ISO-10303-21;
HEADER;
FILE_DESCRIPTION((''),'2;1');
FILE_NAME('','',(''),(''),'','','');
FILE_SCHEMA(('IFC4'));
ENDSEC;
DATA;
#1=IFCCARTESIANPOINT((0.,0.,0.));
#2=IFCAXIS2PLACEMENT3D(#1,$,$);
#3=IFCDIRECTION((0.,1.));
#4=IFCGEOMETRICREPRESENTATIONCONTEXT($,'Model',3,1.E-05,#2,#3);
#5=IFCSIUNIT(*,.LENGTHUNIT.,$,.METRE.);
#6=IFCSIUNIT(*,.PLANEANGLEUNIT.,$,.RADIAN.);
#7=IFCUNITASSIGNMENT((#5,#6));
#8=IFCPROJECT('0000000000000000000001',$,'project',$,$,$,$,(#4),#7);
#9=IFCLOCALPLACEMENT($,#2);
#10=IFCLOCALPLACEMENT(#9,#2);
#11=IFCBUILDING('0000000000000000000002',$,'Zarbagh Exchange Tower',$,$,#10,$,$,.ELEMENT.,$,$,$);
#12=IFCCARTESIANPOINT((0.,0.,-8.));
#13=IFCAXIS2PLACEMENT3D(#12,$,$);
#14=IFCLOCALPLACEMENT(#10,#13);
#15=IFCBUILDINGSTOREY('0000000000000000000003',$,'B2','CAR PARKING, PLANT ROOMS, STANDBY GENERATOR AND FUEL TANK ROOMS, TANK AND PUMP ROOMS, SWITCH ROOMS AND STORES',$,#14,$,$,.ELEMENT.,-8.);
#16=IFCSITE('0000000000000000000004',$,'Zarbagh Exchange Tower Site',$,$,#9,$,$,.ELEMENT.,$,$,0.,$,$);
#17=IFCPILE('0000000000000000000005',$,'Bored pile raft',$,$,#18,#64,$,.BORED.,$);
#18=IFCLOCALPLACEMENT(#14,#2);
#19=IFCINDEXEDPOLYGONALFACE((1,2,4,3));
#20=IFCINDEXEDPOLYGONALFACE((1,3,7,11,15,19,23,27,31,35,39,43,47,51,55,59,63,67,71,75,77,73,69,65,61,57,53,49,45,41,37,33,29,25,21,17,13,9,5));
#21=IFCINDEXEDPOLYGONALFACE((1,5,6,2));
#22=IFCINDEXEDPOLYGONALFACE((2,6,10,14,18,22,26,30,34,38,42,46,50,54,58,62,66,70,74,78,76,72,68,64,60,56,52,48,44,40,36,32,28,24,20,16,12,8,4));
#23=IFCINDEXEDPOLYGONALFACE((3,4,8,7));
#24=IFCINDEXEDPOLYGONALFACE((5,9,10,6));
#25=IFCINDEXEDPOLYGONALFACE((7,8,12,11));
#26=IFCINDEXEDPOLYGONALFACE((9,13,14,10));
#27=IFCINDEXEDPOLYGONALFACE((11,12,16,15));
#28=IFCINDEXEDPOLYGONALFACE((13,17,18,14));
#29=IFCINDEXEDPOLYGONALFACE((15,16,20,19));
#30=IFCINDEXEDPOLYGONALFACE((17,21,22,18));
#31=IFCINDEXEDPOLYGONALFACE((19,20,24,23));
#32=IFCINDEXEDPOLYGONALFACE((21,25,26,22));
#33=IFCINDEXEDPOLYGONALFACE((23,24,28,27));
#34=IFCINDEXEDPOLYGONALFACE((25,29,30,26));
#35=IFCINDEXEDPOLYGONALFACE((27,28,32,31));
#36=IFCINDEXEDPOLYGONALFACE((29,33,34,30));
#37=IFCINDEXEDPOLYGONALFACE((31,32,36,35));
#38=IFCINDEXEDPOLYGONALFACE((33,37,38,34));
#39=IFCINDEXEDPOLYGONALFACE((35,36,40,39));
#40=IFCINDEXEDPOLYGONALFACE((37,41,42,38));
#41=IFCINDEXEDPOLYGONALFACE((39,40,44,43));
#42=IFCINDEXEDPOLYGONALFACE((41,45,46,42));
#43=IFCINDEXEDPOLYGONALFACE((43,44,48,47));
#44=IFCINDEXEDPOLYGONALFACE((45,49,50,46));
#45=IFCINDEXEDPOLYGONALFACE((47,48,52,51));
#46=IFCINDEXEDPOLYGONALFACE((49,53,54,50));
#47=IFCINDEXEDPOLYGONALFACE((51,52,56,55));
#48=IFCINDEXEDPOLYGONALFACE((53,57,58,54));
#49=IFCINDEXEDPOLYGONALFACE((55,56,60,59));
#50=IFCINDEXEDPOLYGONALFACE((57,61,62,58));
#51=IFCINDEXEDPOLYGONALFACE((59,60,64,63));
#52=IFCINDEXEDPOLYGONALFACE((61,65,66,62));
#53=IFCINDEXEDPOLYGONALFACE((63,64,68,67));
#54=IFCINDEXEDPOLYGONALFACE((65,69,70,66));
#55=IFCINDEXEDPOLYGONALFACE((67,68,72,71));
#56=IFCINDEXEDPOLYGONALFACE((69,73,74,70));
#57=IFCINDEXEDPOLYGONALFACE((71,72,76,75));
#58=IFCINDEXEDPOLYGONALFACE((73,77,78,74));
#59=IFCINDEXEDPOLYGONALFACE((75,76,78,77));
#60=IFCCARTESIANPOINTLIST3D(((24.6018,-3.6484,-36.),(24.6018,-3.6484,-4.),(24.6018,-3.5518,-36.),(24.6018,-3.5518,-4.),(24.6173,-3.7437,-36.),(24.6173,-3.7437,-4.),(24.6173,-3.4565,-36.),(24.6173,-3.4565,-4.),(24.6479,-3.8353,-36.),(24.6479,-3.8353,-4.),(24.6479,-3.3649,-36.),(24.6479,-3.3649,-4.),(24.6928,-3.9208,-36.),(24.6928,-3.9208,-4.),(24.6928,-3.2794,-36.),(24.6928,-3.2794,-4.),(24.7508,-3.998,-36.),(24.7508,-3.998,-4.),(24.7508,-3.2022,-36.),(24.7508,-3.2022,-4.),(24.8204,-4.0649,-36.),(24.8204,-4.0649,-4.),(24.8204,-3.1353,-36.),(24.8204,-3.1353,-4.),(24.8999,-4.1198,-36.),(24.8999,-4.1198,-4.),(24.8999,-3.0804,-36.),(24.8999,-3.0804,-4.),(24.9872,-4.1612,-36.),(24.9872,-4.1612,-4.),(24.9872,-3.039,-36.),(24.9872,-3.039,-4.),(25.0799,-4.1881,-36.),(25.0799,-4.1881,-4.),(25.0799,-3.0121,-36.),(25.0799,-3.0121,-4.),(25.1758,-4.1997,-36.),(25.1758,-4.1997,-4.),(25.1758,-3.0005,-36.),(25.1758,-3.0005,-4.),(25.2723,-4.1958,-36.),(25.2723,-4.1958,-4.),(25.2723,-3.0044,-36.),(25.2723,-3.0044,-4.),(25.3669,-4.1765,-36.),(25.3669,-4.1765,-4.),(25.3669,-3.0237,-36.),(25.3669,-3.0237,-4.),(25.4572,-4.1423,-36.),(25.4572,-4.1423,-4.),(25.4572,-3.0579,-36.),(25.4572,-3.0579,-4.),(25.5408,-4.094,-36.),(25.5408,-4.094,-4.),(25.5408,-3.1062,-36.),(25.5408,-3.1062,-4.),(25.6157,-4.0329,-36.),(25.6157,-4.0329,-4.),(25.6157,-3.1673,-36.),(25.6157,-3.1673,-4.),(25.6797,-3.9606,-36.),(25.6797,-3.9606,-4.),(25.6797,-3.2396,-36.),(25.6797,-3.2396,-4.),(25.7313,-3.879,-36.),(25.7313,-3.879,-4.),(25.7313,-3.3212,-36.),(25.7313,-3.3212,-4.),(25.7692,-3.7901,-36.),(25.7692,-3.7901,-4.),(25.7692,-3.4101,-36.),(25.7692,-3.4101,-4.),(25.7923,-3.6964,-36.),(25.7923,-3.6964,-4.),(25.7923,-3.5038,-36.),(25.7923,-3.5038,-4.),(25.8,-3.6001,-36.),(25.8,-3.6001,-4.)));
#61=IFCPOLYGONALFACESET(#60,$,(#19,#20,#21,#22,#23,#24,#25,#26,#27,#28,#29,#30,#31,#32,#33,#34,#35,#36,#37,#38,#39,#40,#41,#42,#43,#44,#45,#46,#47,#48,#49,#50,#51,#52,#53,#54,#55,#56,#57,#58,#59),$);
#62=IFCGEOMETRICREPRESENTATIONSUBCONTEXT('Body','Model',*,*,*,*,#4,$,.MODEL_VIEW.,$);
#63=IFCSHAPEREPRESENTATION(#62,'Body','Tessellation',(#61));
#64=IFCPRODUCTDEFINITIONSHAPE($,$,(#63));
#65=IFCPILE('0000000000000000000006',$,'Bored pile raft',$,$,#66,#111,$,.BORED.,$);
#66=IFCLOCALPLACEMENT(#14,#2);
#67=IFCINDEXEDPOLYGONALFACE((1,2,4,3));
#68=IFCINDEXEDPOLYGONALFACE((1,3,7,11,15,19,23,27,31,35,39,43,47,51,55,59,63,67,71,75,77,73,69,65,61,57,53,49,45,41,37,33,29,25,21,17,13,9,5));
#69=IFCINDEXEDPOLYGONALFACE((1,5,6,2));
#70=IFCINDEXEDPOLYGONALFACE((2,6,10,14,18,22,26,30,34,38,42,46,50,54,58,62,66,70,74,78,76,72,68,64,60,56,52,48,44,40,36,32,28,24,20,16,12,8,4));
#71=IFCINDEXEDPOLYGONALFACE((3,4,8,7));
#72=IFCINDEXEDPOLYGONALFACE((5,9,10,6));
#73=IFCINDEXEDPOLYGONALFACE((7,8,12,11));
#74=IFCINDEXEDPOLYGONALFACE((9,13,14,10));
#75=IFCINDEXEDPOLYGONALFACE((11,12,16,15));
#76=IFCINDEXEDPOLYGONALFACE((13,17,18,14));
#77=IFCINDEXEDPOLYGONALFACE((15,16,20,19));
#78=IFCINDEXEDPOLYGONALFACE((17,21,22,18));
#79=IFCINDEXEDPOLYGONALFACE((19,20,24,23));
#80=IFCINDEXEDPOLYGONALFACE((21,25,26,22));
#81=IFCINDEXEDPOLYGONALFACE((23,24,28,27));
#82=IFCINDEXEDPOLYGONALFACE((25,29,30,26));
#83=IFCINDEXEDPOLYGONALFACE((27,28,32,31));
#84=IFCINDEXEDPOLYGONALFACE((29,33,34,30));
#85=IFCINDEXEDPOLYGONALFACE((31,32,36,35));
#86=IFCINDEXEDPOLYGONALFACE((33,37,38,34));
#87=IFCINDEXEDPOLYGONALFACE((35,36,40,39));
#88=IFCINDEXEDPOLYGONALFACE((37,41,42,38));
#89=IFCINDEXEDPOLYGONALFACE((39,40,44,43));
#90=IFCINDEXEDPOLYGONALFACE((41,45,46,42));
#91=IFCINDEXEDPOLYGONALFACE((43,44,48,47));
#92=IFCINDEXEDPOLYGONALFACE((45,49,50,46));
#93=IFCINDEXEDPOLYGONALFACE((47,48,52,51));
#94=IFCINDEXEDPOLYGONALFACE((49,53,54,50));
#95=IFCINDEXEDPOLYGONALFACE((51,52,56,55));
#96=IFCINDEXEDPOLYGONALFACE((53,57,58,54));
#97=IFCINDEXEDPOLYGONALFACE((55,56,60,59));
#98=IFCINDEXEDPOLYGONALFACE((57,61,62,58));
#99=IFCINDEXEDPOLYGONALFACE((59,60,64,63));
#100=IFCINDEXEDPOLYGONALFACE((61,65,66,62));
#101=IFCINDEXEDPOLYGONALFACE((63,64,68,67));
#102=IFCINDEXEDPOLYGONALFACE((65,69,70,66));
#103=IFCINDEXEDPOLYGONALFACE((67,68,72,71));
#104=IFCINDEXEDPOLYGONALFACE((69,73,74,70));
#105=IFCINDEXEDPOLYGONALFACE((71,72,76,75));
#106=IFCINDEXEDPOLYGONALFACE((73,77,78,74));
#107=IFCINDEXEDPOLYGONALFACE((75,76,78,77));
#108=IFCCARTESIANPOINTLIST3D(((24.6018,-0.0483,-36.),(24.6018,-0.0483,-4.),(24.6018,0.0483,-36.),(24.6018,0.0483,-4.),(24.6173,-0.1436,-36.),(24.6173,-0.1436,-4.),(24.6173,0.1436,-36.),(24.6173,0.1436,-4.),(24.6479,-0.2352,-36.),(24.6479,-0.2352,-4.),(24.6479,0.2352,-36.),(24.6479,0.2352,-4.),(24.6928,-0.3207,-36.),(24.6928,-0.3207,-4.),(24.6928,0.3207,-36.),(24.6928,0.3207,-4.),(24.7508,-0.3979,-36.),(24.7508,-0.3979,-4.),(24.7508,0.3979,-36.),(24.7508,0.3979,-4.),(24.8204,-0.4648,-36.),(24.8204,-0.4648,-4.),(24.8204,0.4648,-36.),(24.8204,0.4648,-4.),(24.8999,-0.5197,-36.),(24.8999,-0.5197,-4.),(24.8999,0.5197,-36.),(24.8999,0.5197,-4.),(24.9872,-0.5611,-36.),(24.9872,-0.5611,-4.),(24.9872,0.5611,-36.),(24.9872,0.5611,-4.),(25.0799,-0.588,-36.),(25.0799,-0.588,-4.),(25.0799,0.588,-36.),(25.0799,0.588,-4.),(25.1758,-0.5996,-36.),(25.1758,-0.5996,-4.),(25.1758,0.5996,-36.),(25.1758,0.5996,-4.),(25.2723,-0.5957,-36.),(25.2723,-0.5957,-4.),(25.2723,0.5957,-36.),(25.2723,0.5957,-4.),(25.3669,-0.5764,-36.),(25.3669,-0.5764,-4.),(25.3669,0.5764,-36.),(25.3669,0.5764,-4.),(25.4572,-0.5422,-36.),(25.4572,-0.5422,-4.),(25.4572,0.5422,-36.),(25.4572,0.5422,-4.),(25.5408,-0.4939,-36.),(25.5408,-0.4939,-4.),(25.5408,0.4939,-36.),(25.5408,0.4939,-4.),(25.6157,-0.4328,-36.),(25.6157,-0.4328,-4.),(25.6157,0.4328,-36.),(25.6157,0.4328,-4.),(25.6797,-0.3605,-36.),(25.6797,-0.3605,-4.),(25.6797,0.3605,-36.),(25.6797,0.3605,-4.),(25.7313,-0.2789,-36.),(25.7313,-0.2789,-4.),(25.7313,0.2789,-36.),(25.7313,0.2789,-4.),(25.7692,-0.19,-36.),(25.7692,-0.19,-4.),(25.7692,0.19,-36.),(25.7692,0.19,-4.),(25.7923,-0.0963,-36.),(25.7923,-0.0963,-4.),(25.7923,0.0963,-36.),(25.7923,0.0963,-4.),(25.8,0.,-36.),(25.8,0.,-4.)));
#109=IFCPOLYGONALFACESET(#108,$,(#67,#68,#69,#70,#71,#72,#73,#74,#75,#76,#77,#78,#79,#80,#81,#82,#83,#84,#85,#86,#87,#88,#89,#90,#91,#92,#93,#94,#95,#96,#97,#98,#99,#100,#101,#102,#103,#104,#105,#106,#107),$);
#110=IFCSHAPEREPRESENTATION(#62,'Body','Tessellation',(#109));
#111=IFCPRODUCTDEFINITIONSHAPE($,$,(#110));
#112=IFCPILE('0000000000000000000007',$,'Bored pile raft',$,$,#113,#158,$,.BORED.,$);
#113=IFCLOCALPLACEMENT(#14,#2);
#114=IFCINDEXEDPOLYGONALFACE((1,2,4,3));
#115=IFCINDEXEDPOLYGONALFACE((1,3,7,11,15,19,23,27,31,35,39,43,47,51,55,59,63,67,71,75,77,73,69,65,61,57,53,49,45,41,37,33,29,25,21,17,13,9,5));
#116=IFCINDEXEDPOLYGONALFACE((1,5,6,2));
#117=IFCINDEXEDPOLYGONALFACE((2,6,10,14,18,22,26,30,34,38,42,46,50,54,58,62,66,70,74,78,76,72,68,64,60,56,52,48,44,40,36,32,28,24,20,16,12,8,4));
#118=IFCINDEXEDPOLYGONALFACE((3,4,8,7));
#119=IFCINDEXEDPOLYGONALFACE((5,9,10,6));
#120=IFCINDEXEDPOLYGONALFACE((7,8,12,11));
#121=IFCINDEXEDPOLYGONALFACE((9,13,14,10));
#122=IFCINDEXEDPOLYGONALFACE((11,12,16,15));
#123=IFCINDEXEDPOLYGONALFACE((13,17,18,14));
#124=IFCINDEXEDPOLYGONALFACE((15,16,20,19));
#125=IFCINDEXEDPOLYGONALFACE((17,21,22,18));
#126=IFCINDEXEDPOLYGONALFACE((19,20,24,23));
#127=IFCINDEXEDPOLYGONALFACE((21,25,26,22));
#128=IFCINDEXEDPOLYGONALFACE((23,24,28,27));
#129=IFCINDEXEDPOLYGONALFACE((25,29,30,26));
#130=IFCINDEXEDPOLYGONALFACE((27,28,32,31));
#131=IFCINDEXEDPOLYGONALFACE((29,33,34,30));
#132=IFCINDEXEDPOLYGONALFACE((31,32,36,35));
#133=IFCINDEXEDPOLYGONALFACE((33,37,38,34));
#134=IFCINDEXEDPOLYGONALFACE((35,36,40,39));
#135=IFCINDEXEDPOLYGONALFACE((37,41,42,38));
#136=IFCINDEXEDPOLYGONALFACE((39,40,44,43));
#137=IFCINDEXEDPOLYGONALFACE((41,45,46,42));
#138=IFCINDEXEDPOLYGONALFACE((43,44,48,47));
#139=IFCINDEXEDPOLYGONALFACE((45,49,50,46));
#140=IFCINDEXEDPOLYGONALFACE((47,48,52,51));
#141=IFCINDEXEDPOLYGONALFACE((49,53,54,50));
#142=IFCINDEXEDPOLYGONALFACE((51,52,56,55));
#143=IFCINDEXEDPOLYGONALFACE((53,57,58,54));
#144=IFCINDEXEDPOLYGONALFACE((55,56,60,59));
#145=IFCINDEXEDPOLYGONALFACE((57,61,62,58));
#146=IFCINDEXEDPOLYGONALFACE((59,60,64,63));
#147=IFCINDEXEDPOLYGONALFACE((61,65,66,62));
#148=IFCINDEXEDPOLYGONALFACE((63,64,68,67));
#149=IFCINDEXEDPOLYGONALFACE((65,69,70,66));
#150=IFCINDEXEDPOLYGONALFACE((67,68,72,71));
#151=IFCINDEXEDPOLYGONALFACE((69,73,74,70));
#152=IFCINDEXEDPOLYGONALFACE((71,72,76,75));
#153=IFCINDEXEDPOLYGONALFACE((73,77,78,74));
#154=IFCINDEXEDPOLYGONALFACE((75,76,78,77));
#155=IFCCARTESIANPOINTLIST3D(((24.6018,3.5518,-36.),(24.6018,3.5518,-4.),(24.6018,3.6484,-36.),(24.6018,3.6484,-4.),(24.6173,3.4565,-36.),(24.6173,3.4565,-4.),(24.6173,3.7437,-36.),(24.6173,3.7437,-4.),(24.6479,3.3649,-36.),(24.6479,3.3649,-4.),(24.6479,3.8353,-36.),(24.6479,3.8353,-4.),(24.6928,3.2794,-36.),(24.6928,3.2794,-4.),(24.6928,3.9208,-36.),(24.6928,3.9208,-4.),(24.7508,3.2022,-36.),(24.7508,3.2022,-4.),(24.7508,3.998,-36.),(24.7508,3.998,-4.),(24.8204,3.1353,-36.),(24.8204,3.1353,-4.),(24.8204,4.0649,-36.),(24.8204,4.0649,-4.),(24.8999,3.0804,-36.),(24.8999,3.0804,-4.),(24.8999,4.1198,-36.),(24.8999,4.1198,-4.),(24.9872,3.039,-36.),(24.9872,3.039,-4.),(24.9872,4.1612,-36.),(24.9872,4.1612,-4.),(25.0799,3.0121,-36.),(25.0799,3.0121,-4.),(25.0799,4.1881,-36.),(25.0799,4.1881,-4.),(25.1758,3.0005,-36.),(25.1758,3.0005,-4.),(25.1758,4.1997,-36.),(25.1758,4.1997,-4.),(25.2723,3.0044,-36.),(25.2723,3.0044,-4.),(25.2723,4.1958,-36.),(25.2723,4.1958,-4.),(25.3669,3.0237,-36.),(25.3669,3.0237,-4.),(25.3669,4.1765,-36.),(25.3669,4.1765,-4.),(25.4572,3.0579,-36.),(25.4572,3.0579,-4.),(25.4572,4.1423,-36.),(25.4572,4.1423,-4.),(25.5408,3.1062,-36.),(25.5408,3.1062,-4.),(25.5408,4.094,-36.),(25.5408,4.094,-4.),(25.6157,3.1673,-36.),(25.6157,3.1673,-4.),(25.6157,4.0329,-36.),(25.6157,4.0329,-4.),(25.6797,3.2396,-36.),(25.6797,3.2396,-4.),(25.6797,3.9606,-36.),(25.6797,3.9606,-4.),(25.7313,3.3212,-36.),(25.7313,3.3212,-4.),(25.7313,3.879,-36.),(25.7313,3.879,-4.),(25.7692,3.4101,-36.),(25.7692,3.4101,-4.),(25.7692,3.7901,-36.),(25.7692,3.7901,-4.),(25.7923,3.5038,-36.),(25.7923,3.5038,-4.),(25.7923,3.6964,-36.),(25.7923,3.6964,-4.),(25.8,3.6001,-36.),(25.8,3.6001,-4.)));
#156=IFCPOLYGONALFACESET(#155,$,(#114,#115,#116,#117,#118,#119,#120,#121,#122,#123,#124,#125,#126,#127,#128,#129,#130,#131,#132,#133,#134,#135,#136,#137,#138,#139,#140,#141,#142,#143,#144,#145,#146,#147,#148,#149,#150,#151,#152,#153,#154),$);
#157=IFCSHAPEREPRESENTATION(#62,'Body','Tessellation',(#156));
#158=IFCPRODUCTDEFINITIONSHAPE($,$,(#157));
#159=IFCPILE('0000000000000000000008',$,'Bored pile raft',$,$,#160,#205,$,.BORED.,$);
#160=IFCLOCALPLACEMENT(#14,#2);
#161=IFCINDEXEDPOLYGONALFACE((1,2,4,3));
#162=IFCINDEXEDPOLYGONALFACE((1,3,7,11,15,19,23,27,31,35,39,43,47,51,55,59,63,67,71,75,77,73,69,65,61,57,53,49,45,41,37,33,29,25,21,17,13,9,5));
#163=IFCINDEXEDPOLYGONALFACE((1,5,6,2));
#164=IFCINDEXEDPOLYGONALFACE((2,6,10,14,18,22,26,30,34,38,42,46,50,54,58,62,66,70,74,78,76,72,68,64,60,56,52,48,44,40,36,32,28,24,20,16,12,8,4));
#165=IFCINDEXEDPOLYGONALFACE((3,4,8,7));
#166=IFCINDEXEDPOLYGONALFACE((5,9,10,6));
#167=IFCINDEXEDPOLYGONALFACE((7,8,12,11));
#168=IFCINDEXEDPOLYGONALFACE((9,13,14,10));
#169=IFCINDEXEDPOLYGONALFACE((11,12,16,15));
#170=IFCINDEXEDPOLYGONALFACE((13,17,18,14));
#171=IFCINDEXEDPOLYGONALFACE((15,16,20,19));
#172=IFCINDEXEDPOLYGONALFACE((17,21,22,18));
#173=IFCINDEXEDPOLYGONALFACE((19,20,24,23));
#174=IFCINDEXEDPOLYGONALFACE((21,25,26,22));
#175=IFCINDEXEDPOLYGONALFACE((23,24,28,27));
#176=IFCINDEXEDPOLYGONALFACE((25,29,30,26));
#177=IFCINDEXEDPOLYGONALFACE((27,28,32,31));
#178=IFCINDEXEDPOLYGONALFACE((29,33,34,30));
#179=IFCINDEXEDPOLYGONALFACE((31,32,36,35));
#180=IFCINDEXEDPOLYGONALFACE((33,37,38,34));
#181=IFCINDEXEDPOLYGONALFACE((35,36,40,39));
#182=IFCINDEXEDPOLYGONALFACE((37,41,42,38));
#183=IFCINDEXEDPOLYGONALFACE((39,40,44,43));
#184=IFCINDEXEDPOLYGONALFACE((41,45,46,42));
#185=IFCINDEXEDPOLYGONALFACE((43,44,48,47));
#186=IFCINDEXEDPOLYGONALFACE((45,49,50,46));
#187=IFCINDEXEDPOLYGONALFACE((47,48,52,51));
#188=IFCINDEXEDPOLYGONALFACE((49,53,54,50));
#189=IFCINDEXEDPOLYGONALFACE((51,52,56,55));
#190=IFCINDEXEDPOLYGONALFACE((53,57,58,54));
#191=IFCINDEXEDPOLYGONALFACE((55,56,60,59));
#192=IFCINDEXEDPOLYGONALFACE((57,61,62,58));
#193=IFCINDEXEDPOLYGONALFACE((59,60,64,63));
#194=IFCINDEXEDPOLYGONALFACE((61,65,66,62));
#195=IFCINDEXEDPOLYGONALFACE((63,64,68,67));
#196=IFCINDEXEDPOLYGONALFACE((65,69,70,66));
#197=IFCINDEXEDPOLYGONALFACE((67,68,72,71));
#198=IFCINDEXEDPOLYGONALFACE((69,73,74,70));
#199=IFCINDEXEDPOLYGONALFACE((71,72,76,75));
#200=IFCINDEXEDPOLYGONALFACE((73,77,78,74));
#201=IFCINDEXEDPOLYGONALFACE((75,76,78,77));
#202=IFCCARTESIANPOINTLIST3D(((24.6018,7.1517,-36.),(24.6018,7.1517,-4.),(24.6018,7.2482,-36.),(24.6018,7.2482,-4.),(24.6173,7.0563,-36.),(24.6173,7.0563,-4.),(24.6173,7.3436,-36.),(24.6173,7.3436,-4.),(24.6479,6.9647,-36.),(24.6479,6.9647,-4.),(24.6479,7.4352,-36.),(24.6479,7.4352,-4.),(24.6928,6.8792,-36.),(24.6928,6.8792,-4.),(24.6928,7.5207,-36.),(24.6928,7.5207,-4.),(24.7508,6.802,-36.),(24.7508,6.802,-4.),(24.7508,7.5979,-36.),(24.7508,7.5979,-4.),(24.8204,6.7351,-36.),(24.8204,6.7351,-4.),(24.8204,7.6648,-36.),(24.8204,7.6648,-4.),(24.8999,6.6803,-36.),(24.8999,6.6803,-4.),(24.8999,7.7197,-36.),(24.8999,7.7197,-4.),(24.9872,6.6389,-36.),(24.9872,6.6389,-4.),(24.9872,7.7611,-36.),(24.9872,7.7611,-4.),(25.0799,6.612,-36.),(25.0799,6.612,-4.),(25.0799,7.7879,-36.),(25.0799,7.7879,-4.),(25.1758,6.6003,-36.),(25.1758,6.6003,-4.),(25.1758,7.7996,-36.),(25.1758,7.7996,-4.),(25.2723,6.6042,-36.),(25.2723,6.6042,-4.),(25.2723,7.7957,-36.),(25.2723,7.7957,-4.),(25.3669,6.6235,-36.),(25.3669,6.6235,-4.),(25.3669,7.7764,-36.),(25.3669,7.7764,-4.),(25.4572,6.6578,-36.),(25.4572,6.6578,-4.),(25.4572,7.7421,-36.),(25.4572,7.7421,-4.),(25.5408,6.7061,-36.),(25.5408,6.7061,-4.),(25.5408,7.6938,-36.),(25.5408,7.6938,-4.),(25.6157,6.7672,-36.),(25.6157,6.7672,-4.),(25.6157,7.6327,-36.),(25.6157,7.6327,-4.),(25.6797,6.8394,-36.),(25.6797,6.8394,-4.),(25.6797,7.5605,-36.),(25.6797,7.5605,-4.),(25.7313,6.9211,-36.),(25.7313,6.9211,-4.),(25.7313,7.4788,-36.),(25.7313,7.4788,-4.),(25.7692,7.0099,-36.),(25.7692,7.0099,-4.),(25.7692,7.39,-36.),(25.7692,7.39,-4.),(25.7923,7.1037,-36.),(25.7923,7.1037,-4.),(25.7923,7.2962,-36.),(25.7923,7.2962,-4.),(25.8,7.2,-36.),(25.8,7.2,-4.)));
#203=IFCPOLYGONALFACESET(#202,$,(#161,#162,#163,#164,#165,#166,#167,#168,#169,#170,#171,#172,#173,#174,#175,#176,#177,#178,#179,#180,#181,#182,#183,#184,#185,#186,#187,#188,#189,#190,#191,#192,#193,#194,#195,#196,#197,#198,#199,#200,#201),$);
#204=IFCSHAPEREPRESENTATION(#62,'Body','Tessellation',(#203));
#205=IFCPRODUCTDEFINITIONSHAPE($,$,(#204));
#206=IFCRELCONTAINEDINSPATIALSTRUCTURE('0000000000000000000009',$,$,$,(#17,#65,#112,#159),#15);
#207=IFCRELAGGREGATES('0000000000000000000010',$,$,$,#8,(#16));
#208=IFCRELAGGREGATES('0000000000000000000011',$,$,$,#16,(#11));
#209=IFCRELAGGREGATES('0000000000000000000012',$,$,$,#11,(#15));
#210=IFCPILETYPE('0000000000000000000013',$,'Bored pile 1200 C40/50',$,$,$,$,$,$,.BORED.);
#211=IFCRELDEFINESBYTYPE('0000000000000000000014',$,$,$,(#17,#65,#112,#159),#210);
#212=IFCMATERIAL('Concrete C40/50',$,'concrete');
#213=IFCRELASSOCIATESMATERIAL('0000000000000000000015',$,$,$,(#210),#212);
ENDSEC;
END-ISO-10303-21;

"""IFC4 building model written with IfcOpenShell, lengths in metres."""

from ifc_helpers import new_model, si_unit, direction, frame, origin, origin_2d, place, context, subcontext, project, spatial, circle, extrude, material, material_profile, profile_set, type_object, element, save


model = new_model("IFC4")

# Units and contexts
model_context = context("Model", 3, precision=1e-05, world=origin(), true_north=direction((0.0, 1.0)))
body_context = subcontext(model_context, "Body", "Model", "MODEL_VIEW")
ifc_project = project(units=[si_unit("LENGTHUNIT", "METRE"), si_unit("PLANEANGLEUNIT", "RADIAN")], contexts=[model_context])

# Site, building, storey
site_placement = place(None, origin())
site = spatial("IfcSite", under=ifc_project, at=site_placement, Name="Zarbagh Exchange Tower Site", CompositionType="ELEMENT", RefElevation=0.0)
building_placement = place(site_placement, origin())
building = spatial("IfcBuilding", under=site, at=building_placement, Name="Zarbagh Exchange Tower", CompositionType="ELEMENT")
storey_placement = place(building_placement, frame((0.0, 0.0, -8.0)))
storey = spatial("IfcBuildingStorey", under=building, at=storey_placement, Name="B2", Description="CAR PARKING, PLANT ROOMS, STANDBY GENERATOR AND FUEL TANK ROOMS, TANK AND PUMP ROOMS, SWITCH ROOMS AND STORES", CompositionType="ELEMENT", Elevation=-8.0)

# Piles
ifc_material_1 = material(Name="Concrete C40/50", Category="concrete")
ifc_material_profile_1 = material_profile(ifc_material_1, circle(Radius=0.6001, at=origin_2d()), Name="Bored pile 1200 C40/50")
ifc_profile_set_1 = profile_set([ifc_material_profile_1], Name="Concrete C40/50")
pile_type = type_object("IfcPileType", Name="Bored pile 1200 C40/50", PredefinedType="BORED", material=ifc_profile_set_1)
for number, where, z_axis, x_axis, name in (
    (1, (25.2, -3.6001, -4.0), (0.0, 0.0, -1.0), (1.0, 0.0, 0.0), "Bored pile raft"),
    (2, (25.2, 0.0, -4.0), (0.0, 0.0, -1.0), (1.0, 0.0, 0.0), "Bored pile raft"),
    (3, (25.2, 3.6001, -4.0), (0.0, 0.0, -1.0), (1.0, 0.0, 0.0), "Bored pile raft"),
    (4, (25.2, 7.2, -4.0), (0.0, 0.0, -1.0), (1.0, 0.0, 0.0), "Bored pile raft"),
):
    element("IfcPile", number, at=place(storey_placement, frame(where, z_axis=z_axis, x_axis=x_axis)), inside=storey, type_object=pile_type, Name=name, PredefinedType="BORED", context=body_context, shape_type="SweptSolid", body=[
        extrude(circle(Radius=0.6001, at=origin_2d()), origin(), (0.0, 0.0, 1.0), 32.0),
    ])

save(model, "model.ifc")
